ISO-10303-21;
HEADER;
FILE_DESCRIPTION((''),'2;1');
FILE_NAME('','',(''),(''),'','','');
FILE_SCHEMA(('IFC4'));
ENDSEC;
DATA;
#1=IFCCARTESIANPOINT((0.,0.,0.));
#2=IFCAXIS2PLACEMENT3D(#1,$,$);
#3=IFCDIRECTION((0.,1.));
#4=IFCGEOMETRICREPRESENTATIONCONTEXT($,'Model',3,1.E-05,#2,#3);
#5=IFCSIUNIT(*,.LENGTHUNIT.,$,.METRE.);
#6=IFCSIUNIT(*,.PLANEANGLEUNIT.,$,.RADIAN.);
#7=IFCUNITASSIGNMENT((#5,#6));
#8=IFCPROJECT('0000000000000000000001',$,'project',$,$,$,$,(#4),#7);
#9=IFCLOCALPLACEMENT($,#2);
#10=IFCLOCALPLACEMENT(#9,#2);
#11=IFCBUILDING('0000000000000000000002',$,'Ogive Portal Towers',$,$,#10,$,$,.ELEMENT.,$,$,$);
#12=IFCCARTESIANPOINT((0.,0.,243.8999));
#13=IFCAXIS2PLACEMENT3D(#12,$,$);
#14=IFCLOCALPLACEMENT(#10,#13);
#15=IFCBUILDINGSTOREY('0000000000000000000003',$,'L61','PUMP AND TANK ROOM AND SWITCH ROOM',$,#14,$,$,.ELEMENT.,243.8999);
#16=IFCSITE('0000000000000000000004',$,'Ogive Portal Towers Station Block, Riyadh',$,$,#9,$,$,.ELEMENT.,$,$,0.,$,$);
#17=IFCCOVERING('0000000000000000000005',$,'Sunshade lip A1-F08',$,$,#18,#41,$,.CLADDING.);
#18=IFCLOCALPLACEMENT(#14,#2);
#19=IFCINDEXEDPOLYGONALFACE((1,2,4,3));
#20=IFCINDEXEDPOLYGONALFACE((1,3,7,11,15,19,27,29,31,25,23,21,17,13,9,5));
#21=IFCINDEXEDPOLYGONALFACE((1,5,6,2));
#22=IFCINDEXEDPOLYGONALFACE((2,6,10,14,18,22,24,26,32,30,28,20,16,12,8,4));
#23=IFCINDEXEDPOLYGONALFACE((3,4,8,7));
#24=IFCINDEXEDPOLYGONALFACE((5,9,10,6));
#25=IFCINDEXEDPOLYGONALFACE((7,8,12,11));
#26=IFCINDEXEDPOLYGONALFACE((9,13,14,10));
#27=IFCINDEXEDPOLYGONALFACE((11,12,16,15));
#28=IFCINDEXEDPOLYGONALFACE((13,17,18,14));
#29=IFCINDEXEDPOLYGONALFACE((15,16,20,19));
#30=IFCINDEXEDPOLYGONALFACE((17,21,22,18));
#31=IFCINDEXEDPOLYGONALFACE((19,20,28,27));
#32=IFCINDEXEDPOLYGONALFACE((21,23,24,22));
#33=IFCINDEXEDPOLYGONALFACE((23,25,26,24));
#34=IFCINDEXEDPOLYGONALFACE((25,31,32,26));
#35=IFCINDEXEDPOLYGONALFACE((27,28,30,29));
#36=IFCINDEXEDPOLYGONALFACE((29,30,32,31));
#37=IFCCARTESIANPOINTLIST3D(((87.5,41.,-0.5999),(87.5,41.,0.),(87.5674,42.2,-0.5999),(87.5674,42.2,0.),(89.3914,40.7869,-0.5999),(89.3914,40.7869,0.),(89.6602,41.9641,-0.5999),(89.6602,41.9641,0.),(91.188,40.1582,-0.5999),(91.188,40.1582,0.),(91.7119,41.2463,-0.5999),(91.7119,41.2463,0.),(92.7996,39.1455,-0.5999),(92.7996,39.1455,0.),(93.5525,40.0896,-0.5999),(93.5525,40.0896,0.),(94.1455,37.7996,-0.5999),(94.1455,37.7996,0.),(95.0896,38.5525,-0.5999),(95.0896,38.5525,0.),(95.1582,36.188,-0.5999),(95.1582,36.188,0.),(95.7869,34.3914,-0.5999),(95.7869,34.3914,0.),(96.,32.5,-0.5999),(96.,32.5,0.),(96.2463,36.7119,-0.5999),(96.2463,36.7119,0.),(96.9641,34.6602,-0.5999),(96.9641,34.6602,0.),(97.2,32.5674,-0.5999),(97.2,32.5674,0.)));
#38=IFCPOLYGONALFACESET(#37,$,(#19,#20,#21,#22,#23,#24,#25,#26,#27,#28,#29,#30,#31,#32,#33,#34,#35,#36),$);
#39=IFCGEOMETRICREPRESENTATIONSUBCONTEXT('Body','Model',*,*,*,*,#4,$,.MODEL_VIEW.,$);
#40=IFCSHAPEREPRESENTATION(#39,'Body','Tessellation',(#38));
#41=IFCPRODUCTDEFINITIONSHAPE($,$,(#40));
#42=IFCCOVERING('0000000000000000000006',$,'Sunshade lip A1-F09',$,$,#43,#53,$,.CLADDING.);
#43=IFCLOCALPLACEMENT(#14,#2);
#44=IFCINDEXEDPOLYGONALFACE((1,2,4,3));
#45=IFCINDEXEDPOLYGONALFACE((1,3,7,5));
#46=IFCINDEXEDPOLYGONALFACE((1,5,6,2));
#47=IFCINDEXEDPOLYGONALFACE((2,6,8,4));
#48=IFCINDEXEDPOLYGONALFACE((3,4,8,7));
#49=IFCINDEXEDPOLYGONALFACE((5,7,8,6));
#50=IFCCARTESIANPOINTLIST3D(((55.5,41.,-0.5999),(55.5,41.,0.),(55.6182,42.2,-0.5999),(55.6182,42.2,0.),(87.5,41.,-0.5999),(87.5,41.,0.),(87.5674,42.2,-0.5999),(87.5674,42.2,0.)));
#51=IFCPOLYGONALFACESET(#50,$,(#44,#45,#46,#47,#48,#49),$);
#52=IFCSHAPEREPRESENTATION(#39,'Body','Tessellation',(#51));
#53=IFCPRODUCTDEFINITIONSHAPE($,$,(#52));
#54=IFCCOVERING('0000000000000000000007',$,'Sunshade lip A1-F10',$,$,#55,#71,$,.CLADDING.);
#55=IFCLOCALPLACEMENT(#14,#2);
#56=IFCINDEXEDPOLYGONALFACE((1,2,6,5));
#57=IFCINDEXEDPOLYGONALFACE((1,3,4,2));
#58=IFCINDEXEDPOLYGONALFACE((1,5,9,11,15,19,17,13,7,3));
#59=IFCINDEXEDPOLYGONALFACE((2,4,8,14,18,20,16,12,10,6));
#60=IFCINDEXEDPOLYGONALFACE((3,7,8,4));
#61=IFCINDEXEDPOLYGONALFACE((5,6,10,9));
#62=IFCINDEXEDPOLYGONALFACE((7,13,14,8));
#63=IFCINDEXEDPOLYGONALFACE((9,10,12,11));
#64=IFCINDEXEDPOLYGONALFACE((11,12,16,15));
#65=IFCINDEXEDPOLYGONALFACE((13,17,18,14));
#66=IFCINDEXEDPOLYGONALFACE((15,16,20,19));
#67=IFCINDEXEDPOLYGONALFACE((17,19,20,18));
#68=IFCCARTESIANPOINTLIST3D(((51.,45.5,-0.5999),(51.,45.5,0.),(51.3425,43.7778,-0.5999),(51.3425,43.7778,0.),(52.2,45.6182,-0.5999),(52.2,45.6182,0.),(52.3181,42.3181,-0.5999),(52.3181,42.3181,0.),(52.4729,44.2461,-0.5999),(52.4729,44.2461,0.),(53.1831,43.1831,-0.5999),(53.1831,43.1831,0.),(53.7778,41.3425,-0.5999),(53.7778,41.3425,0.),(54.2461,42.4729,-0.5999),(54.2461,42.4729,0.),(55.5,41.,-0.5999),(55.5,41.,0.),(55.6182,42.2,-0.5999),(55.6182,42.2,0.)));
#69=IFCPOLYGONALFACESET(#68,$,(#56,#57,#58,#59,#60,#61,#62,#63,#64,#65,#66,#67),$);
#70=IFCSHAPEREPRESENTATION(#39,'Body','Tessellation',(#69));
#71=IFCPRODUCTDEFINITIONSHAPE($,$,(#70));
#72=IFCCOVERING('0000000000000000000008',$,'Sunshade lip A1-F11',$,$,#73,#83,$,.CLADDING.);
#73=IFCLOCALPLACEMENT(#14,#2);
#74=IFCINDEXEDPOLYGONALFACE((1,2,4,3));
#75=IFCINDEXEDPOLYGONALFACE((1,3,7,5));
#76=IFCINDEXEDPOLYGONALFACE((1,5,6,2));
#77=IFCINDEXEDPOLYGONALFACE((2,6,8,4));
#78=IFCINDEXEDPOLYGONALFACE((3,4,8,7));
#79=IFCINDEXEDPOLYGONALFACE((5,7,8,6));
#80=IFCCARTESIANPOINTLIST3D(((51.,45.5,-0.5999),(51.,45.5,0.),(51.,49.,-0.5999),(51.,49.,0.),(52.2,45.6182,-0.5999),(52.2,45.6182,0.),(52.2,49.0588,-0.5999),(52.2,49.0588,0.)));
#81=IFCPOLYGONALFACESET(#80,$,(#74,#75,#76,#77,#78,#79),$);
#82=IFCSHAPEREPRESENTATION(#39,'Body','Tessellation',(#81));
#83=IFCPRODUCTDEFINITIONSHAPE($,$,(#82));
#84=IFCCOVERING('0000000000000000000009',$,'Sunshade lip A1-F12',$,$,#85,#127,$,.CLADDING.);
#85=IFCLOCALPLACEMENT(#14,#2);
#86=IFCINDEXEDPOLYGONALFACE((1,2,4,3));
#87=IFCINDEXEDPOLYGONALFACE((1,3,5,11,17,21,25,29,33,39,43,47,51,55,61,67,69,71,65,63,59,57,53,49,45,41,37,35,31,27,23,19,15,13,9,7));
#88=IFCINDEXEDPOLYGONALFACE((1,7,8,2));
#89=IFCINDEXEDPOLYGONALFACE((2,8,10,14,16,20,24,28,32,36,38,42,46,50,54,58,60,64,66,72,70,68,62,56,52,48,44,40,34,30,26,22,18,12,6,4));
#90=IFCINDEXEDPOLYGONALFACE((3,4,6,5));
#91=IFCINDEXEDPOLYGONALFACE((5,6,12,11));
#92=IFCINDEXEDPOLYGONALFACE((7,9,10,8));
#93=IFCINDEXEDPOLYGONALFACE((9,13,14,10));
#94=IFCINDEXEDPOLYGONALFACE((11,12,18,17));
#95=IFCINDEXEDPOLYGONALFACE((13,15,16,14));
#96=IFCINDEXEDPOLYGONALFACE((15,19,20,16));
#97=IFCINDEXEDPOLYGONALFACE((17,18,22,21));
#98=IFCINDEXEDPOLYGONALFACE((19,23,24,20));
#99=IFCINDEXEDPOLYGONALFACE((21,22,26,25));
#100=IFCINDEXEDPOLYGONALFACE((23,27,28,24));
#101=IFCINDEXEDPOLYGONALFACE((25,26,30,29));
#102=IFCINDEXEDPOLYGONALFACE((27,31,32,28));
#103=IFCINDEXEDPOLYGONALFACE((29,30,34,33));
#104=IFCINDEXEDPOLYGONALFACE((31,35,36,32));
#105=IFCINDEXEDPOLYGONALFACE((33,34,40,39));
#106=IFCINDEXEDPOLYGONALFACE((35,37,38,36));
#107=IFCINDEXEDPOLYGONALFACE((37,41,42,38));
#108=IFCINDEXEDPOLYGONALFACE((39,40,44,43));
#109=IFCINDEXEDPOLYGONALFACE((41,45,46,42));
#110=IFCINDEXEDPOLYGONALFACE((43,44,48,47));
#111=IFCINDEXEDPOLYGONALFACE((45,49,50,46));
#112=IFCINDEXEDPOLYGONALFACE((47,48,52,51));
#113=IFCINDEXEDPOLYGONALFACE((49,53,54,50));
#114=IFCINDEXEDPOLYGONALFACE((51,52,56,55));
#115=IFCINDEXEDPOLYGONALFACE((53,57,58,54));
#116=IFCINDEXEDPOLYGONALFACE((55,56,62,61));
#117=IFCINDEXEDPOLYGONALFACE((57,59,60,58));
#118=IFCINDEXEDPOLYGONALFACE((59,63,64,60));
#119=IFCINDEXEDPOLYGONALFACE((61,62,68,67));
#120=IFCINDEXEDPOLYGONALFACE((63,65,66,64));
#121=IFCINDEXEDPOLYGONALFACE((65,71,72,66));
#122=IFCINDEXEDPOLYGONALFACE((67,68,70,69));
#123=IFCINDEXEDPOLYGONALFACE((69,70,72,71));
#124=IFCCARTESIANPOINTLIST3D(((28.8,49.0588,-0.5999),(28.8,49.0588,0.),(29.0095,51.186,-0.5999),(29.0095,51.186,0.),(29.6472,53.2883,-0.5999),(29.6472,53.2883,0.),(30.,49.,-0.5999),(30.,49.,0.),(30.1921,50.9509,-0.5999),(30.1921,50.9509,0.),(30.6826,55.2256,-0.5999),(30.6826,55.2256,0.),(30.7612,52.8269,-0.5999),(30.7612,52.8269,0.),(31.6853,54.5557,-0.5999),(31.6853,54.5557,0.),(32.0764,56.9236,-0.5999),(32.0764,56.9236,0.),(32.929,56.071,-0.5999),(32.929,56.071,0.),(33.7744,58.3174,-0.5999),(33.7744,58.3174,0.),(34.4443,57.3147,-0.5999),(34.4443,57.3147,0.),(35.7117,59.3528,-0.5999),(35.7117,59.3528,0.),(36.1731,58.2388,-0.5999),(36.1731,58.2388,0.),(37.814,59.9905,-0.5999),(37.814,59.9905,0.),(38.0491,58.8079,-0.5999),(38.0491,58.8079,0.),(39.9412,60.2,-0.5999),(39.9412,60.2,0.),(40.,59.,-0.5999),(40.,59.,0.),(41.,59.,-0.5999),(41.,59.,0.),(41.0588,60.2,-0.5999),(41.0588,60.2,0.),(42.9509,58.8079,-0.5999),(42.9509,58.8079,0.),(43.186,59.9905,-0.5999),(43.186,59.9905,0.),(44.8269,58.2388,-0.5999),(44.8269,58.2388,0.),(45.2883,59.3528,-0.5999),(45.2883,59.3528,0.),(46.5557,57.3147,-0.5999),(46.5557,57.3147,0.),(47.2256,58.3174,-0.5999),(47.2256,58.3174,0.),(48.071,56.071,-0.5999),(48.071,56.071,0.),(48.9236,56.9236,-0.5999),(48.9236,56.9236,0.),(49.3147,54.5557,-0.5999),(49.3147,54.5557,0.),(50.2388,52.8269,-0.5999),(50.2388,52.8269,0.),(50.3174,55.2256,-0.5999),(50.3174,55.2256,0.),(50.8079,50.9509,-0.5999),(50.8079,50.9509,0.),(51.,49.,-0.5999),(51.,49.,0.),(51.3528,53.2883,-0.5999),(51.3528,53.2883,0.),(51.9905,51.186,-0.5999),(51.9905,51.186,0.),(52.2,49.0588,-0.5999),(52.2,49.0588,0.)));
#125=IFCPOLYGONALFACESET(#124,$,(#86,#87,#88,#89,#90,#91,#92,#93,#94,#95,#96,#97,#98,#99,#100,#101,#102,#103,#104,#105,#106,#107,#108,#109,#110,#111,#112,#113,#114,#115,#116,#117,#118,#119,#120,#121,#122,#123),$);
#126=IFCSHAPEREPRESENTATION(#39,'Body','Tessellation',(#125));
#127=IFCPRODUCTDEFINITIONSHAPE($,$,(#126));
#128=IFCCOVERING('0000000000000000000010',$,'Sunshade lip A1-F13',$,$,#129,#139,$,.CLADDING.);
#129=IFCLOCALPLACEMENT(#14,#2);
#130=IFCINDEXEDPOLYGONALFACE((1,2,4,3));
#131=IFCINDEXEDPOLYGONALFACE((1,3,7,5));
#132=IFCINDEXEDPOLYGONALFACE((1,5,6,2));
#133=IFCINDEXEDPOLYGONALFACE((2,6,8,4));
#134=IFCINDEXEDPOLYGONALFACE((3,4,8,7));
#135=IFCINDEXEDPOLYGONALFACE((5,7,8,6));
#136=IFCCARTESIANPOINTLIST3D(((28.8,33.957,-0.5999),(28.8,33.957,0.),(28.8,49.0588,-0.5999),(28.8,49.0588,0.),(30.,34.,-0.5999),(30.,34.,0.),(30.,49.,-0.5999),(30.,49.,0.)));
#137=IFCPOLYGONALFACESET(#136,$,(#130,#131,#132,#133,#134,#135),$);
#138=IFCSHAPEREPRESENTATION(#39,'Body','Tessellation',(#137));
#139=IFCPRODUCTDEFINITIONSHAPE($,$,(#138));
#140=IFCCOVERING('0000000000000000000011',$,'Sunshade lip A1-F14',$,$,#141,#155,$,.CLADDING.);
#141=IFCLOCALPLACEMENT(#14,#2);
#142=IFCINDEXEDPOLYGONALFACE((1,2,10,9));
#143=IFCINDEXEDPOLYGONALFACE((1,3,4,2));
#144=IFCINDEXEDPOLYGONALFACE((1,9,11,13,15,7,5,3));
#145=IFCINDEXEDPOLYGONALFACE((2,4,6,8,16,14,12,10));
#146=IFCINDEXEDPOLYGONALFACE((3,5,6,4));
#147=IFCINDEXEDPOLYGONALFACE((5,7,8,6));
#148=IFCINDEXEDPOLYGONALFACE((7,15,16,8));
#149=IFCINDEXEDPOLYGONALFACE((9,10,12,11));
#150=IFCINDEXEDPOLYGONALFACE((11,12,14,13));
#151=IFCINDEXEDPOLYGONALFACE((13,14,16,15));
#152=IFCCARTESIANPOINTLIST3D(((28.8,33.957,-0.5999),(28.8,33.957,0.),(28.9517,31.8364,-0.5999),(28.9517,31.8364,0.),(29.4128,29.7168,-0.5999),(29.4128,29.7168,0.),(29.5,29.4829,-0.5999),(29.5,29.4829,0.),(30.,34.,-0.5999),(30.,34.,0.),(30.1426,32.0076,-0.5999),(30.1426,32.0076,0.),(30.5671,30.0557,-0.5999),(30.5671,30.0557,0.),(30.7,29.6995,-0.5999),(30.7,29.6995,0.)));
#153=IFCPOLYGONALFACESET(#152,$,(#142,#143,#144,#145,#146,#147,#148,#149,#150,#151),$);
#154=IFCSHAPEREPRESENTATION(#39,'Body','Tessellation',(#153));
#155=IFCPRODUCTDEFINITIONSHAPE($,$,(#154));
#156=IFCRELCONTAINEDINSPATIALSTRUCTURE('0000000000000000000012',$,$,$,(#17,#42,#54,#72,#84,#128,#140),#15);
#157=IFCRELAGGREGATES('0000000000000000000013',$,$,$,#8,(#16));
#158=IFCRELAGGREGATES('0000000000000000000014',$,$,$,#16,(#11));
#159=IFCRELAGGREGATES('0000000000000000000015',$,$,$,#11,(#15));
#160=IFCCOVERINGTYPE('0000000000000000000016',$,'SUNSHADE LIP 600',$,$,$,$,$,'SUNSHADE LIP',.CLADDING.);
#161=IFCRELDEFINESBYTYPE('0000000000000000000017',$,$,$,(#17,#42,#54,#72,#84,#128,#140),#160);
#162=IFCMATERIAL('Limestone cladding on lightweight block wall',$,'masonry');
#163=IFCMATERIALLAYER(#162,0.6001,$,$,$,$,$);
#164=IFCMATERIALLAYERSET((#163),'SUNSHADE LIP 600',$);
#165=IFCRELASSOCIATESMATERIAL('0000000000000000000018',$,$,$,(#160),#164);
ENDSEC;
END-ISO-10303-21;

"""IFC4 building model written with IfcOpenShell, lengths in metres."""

from ifc_helpers import new_model, si_unit, direction, frame, origin, place, context, subcontext, project, spatial, polyline, outline, extrude, material, layer, layer_set, type_object, element, save


model = new_model("IFC4")

# Units and contexts
model_context = context("Model", 3, precision=1e-05, world=origin(), true_north=direction((0.0, 1.0)))
body_context = subcontext(model_context, "Body", "Model", "MODEL_VIEW")
ifc_project = project(units=[si_unit("LENGTHUNIT", "METRE"), si_unit("PLANEANGLEUNIT", "RADIAN")], contexts=[model_context])

# Site, building, storey
site_placement = place(None, origin())
site = spatial("IfcSite", under=ifc_project, at=site_placement, Name="Ogive Portal Towers Station Block, Riyadh", CompositionType="ELEMENT", RefElevation=0.0)
building_placement = place(site_placement, origin())
building = spatial("IfcBuilding", under=site, at=building_placement, Name="Ogive Portal Towers", CompositionType="ELEMENT")
storey_placement = place(building_placement, frame((0.0, 0.0, 243.8999)))
storey = spatial("IfcBuildingStorey", under=building, at=storey_placement, Name="L61", Description="PUMP AND TANK ROOM AND SWITCH ROOM", CompositionType="ELEMENT", Elevation=243.8999)

# Coverings
ifc_material_1 = material(Name="Limestone cladding on lightweight block wall", Category="masonry")
ifc_layer_1 = layer(ifc_material_1, 0.6001)
ifc_layer_set_1 = layer_set([ifc_layer_1], Name="SUNSHADE LIP 600")
covering_type_1 = type_object("IfcCoveringType", Name="SUNSHADE LIP 600", ElementType="SUNSHADE LIP", PredefinedType="CLADDING", material=ifc_layer_set_1)
covering_1_placement = place(storey_placement, frame((0.0, 0.0, -0.5999)))
element("IfcCovering", 1, at=covering_1_placement, inside=storey, type_object=covering_type_1, Name="Sunshade lip A1-F08", PredefinedType="CLADDING", context=body_context, shape_type="SweptSolid", body=[
    extrude(outline(polyline([(96.0, 32.5), (95.7869, 34.3914), (95.1582, 36.188), (94.1455, 37.7996), (92.7996, 39.1455), (91.188, 40.1582), (89.3914, 40.7869), (87.5, 41.0), (87.5674, 42.2), (89.6602, 41.9641), (91.7119, 41.2463), (93.5525, 40.0896), (95.0896, 38.5525), (96.2463, 36.7119), (96.9641, 34.6602), (97.2, 32.5674), (96.0, 32.5)])), origin(), (0.0, 0.0, 1.0), 0.5999),
])
covering_2_placement = place(storey_placement, frame((0.0, 0.0, -0.5999)))
element("IfcCovering", 2, at=covering_2_placement, inside=storey, type_object=covering_type_1, Name="Sunshade lip A1-F09", PredefinedType="CLADDING", context=body_context, shape_type="SweptSolid", body=[
    extrude(outline(polyline([(87.5, 41.0), (55.5, 41.0), (55.6182, 42.2), (87.5674, 42.2), (87.5, 41.0)])), origin(), (0.0, 0.0, 1.0), 0.5999),
])
covering_3_placement = place(storey_placement, frame((0.0, 0.0, -0.5999)))
element("IfcCovering", 3, at=covering_3_placement, inside=storey, type_object=covering_type_1, Name="Sunshade lip A1-F10", PredefinedType="CLADDING", context=body_context, shape_type="SweptSolid", body=[
    extrude(outline(polyline([(55.5, 41.0), (53.7778, 41.3425), (52.3181, 42.3181), (51.3425, 43.7778), (51.0, 45.5), (52.2, 45.6182), (52.4729, 44.2461), (53.1831, 43.1831), (54.2461, 42.4729), (55.6182, 42.2), (55.5, 41.0)])), origin(), (0.0, 0.0, 1.0), 0.5999),
])
covering_4_placement = place(storey_placement, frame((0.0, 0.0, -0.5999)))
element("IfcCovering", 4, at=covering_4_placement, inside=storey, type_object=covering_type_1, Name="Sunshade lip A1-F11", PredefinedType="CLADDING", context=body_context, shape_type="SweptSolid", body=[
    extrude(outline(polyline([(51.0, 45.5), (51.0, 49.0), (52.2, 49.0588), (52.2, 45.6182), (51.0, 45.5)])), origin(), (0.0, 0.0, 1.0), 0.5999),
])
covering_5_placement = place(storey_placement, frame((0.0, 0.0, -0.5999)))
element("IfcCovering", 5, at=covering_5_placement, inside=storey, type_object=covering_type_1, Name="Sunshade lip A1-F12", PredefinedType="CLADDING", context=body_context, shape_type="SweptSolid", body=[
    extrude(outline(polyline([(51.0, 49.0), (50.8079, 50.9509), (50.2388, 52.8269), (49.3147, 54.5557), (48.071, 56.071), (46.5557, 57.3147), (44.8269, 58.2388), (42.9509, 58.8079), (41.0, 59.0), (40.0, 59.0), (38.0491, 58.8079), (36.1731, 58.2388), (34.4443, 57.3147), (32.929, 56.071), (31.6853, 54.5557), (30.7612, 52.8269), (30.1921, 50.9509), (30.0, 49.0), (28.8, 49.0588), (29.0095, 51.186), (29.6472, 53.2883), (30.6826, 55.2256), (32.0764, 56.9236), (33.7744, 58.3174), (35.7117, 59.3528), (37.814, 59.9905), (39.9412, 60.2), (41.0588, 60.2), (43.186, 59.9905), (45.2883, 59.3528), (47.2256, 58.3174), (48.9236, 56.9236), (50.3174, 55.2256), (51.3528, 53.2883), (51.9905, 51.186), (52.2, 49.0588), (51.0, 49.0)])), origin(), (0.0, 0.0, 1.0), 0.5999),
])
covering_6_placement = place(storey_placement, frame((0.0, 0.0, -0.5999)))
element("IfcCovering", 6, at=covering_6_placement, inside=storey, type_object=covering_type_1, Name="Sunshade lip A1-F13", PredefinedType="CLADDING", context=body_context, shape_type="SweptSolid", body=[
    extrude(outline(polyline([(30.0, 49.0), (30.0, 34.0), (28.8, 33.957), (28.8, 49.0588), (30.0, 49.0)])), origin(), (0.0, 0.0, 1.0), 0.5999),
])
covering_7_placement = place(storey_placement, frame((0.0, 0.0, -0.5999)))
element("IfcCovering", 7, at=covering_7_placement, inside=storey, type_object=covering_type_1, Name="Sunshade lip A1-F14", PredefinedType="CLADDING", context=body_context, shape_type="SweptSolid", body=[
    extrude(outline(polyline([(30.0, 34.0), (30.1426, 32.0076), (30.5671, 30.0557), (30.7, 29.6995), (29.5, 29.4829), (29.4128, 29.7168), (28.9517, 31.8364), (28.8, 33.957), (30.0, 34.0)])), origin(), (0.0, 0.0, 1.0), 0.5999),
])

save(model, "model.ifc")
